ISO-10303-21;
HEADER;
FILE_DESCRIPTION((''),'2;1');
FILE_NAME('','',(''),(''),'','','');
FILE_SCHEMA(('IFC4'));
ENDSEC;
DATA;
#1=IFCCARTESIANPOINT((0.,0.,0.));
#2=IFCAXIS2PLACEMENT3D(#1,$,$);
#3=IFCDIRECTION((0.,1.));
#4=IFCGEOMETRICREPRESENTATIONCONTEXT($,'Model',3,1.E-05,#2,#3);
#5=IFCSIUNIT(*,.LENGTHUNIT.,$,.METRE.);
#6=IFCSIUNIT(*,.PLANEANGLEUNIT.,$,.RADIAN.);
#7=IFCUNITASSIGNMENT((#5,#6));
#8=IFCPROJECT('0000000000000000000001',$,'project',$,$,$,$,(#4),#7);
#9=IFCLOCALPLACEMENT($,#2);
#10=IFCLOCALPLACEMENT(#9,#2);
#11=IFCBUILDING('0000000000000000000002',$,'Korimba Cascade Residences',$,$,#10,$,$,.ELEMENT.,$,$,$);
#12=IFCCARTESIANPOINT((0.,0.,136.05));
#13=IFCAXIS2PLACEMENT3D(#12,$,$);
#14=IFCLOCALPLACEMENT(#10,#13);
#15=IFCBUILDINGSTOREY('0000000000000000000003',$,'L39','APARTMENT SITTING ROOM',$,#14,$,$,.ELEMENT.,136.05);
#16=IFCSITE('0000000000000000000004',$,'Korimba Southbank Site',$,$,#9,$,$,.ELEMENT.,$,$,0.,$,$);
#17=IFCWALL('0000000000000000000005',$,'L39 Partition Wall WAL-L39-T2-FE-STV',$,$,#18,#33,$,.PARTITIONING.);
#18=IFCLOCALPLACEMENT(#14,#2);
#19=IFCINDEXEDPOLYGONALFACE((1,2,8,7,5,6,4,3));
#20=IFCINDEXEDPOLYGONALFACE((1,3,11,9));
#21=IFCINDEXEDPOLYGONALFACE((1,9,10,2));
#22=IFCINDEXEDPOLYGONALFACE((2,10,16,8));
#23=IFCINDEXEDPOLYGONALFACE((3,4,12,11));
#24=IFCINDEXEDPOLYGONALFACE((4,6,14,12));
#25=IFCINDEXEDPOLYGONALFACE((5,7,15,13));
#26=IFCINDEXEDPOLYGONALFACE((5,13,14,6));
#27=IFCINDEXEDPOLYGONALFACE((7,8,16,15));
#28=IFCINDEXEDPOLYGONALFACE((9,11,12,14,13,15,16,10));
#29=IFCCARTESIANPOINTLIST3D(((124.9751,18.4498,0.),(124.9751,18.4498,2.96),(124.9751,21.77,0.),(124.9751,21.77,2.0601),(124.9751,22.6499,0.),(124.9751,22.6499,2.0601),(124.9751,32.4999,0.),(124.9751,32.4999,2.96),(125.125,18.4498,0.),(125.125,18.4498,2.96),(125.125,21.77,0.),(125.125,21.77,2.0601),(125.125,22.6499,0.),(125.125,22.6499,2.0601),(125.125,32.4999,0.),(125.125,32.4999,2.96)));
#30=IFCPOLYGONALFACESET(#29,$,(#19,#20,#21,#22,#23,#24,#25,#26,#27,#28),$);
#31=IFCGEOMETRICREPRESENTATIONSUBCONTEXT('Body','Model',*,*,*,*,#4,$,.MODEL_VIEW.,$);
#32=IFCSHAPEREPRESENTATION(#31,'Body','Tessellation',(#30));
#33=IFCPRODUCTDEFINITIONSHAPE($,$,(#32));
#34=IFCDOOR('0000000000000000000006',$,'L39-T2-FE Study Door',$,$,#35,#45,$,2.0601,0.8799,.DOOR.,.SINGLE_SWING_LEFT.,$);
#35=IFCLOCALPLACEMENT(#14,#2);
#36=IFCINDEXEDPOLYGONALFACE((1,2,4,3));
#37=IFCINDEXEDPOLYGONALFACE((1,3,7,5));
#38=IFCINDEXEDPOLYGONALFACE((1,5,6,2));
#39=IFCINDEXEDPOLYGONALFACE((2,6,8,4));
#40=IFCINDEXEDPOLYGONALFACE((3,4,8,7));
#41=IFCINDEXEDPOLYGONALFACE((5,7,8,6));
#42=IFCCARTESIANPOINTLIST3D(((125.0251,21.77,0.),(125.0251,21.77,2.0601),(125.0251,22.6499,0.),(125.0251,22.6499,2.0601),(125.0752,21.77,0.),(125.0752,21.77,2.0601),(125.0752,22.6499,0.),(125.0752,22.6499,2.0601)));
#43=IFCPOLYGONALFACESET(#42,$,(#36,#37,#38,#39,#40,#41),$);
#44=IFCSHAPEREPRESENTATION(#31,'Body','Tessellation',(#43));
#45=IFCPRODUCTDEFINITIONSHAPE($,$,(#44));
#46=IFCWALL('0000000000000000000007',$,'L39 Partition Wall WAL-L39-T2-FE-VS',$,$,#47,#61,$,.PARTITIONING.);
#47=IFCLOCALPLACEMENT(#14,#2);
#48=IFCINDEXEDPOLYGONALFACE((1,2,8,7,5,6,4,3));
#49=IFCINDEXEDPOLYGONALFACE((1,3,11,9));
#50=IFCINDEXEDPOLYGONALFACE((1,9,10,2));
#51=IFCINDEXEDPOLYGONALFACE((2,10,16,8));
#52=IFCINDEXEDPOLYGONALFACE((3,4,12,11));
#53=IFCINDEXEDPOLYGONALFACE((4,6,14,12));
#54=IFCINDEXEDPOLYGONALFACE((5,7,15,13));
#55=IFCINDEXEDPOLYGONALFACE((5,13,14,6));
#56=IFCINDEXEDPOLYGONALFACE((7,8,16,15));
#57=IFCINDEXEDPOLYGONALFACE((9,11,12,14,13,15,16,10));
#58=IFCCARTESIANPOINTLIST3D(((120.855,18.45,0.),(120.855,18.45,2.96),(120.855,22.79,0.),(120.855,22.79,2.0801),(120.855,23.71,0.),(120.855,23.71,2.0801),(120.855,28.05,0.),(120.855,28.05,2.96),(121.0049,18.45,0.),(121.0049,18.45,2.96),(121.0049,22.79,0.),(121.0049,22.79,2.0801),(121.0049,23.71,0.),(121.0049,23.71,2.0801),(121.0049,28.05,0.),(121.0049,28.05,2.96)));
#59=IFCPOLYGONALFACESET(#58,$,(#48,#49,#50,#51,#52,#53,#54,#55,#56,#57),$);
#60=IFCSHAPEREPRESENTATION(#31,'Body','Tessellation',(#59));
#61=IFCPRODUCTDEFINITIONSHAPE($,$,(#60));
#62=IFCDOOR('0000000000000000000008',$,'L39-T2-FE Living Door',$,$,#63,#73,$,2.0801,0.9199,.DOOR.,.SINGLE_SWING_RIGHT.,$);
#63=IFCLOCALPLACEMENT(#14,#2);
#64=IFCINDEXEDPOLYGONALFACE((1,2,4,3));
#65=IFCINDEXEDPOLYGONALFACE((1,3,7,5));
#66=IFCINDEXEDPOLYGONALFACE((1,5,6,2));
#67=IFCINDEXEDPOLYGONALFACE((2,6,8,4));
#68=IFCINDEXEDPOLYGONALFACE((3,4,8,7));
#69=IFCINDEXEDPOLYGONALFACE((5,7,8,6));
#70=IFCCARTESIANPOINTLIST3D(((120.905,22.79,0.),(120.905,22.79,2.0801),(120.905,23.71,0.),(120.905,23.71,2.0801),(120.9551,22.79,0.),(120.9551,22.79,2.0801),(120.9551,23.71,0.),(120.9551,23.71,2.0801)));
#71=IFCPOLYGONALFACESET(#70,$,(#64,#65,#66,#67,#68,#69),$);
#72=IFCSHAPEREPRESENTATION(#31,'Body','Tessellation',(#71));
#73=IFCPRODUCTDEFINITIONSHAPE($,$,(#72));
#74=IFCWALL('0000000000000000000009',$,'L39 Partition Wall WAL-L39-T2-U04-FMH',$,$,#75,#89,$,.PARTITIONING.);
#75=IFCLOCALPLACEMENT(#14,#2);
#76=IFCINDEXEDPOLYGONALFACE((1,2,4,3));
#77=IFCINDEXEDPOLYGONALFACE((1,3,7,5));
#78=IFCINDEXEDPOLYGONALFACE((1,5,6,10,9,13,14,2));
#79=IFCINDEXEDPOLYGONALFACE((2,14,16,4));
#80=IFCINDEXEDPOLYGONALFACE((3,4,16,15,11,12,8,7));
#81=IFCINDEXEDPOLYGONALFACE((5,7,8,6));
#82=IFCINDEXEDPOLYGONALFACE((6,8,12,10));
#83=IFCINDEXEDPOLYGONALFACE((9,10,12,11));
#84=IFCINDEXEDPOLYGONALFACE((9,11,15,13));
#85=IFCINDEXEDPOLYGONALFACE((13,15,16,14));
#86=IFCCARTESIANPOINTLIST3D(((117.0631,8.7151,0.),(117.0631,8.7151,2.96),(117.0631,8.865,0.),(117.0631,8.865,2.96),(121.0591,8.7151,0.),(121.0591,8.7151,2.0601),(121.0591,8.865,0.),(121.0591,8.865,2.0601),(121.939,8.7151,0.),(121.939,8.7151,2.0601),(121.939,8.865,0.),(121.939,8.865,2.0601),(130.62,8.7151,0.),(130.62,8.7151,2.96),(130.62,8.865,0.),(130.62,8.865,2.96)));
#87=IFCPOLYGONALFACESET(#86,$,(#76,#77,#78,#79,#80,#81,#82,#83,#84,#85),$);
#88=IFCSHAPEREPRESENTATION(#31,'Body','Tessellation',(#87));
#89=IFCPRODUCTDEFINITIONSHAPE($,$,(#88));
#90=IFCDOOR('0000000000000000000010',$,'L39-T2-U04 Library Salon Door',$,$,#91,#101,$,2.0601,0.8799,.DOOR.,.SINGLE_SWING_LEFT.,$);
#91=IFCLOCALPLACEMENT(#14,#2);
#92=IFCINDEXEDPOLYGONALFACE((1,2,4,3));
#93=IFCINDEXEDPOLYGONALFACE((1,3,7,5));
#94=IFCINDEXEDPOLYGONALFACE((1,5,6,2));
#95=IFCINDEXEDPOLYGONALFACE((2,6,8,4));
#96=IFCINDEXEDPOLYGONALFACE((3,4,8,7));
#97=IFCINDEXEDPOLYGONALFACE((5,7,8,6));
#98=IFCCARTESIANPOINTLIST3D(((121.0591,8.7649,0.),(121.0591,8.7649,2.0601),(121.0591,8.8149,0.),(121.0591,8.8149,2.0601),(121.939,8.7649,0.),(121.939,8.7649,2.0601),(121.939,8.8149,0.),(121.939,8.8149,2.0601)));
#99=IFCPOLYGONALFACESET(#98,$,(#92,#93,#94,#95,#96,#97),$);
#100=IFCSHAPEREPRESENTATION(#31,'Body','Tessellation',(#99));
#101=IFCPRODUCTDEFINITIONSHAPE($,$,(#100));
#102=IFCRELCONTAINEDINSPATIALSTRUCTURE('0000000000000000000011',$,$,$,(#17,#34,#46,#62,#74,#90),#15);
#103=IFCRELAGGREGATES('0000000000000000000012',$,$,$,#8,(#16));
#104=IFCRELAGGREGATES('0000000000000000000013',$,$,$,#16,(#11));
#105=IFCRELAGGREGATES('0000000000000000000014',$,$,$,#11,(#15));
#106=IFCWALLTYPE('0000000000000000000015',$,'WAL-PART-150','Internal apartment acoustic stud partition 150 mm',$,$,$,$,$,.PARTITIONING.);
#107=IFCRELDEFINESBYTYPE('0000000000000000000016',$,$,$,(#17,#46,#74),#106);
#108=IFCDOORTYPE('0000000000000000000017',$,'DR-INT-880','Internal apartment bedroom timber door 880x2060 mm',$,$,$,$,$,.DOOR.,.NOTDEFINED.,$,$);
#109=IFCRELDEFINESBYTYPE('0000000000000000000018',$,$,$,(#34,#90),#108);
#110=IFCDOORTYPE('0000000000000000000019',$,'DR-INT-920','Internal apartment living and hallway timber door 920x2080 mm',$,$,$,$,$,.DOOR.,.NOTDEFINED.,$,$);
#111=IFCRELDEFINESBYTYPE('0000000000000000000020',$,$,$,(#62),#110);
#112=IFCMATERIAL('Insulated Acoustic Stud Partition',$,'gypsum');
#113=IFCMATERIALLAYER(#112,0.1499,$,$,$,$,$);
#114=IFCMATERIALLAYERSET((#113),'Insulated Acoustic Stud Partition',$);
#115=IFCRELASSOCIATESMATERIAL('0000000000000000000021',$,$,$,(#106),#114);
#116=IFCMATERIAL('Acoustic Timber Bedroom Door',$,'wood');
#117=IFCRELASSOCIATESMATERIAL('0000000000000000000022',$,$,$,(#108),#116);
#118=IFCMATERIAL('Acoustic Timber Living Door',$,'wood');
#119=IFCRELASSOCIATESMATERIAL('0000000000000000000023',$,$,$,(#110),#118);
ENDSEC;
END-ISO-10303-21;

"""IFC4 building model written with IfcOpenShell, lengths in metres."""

from ifc_helpers import new_model, si_unit, direction, frame, frame_2d, origin, place, context, subcontext, project, spatial, rectangle, extrude, material, layer, layer_set, type_object, element, fill, save


model = new_model("IFC4")

# Units and contexts
model_context = context("Model", 3, precision=1e-05, world=origin(), true_north=direction((0.0, 1.0)))
body_context = subcontext(model_context, "Body", "Model", "MODEL_VIEW")
ifc_project = project(units=[si_unit("LENGTHUNIT", "METRE"), si_unit("PLANEANGLEUNIT", "RADIAN")], contexts=[model_context])

# Site, building, storey
site_placement = place(None, origin())
site = spatial("IfcSite", under=ifc_project, at=site_placement, Name="Korimba Southbank Site", CompositionType="ELEMENT", RefElevation=0.0)
building_placement = place(site_placement, origin())
building = spatial("IfcBuilding", under=site, at=building_placement, Name="Korimba Cascade Residences", CompositionType="ELEMENT")
storey_placement = place(building_placement, frame((0.0, 0.0, 136.05)))
storey = spatial("IfcBuildingStorey", under=building, at=storey_placement, Name="L39", Description="APARTMENT SITTING ROOM", CompositionType="ELEMENT", Elevation=136.05)

# Walls, openings, doors
ifc_material_1 = material(Name="Insulated Acoustic Stud Partition", Category="gypsum")
ifc_layer_1 = layer(ifc_material_1, 0.1499)
ifc_layer_set_1 = layer_set([ifc_layer_1], Name="Insulated Acoustic Stud Partition")
wall_type_1 = type_object("IfcWallType", Name="WAL-PART-150", Description="Internal apartment acoustic stud partition 150 mm", PredefinedType="PARTITIONING", material=ifc_layer_set_1)
wall_1_placement = place(storey_placement, frame((125.05, 18.45, 0.0), z_axis=(0.0, 0.0, 1.0), x_axis=(0.0, 1.0, 0.0)))
wall_1 = element("IfcWall", 1, at=wall_1_placement, inside=storey, type_object=wall_type_1, Name="L39 Partition Wall WAL-L39-T2-FE-STV", PredefinedType="PARTITIONING", context=body_context, shape_type="SweptSolid", body=[
    extrude(rectangle(XDim=14.05, YDim=0.1499, at=frame_2d((7.0249, 0.0))), origin(), (0.0, 0.0, 1.0), 2.96),
])
opening_1_placement = place(wall_1_placement, frame((3.3201, 0.0, 0.0)))
opening_1 = element("IfcOpeningElement", 2, at=opening_1_placement, cuts=wall_1, PredefinedType="OPENING", context=body_context, shape_type="SweptSolid", body=[
    extrude(rectangle(XDim=0.8799, YDim=2.0601, at=frame_2d((0.4399, 1.03))), frame((0.0, 0.085, 0.0), z_axis=(0.0, -1.0, 0.0), x_axis=(1.0, 0.0, 0.0)), (0.0, 0.0, 1.0), 0.1699),
])
ifc_material_2 = material(Name="Acoustic Timber Bedroom Door", Category="wood")
door_type_1 = type_object("IfcDoorType", Name="DR-INT-880", Description="Internal apartment bedroom timber door 880x2060 mm", OperationType="NOTDEFINED", PredefinedType="DOOR", material=ifc_material_2)
door_1_placement = place(opening_1_placement, origin())
door_1 = element("IfcDoor", 3, at=door_1_placement, inside=storey, type_object=door_type_1, Name="L39-T2-FE Study Door", OperationType="SINGLE_SWING_LEFT", OverallHeight=2.0601, OverallWidth=0.8799, PredefinedType="DOOR", context=body_context, shape_type="SweptSolid", body=[
    extrude(rectangle(XDim=0.8799, YDim=2.0601, at=frame_2d((0.4399, 1.03))), frame((0.0, 0.0249, 0.0), z_axis=(0.0, -1.0, 0.0), x_axis=(1.0, 0.0, 0.0)), (0.0, 0.0, 1.0), 0.05),
])
fill(opening_1, door_1)
wall_2_placement = place(storey_placement, frame((120.9299, 18.45, 0.0), z_axis=(0.0, 0.0, 1.0), x_axis=(0.0, 1.0, 0.0)))
wall_2 = element("IfcWall", 4, at=wall_2_placement, inside=storey, type_object=wall_type_1, Name="L39 Partition Wall WAL-L39-T2-FE-VS", PredefinedType="PARTITIONING", context=body_context, shape_type="SweptSolid", body=[
    extrude(rectangle(XDim=9.6001, YDim=0.1499, at=frame_2d((4.8, 0.0))), origin(), (0.0, 0.0, 1.0), 2.96),
])
opening_2_placement = place(wall_2_placement, frame((4.3401, 0.0, 0.0)))
opening_2 = element("IfcOpeningElement", 5, at=opening_2_placement, cuts=wall_2, PredefinedType="OPENING", context=body_context, shape_type="SweptSolid", body=[
    extrude(rectangle(XDim=0.9199, YDim=2.0801, at=frame_2d((0.46, 1.04))), frame((0.0, 0.085, 0.0), z_axis=(0.0, -1.0, 0.0), x_axis=(1.0, 0.0, 0.0)), (0.0, 0.0, 1.0), 0.1699),
])
ifc_material_3 = material(Name="Acoustic Timber Living Door", Category="wood")
door_type_2 = type_object("IfcDoorType", Name="DR-INT-920", Description="Internal apartment living and hallway timber door 920x2080 mm", OperationType="NOTDEFINED", PredefinedType="DOOR", material=ifc_material_3)
door_2_placement = place(opening_2_placement, origin())
door_2 = element("IfcDoor", 6, at=door_2_placement, inside=storey, type_object=door_type_2, Name="L39-T2-FE Living Door", OperationType="SINGLE_SWING_RIGHT", OverallHeight=2.0801, OverallWidth=0.9199, PredefinedType="DOOR", context=body_context, shape_type="SweptSolid", body=[
    extrude(rectangle(XDim=0.9199, YDim=2.0801, at=frame_2d((0.46, 1.04))), frame((0.0, 0.0249, 0.0), z_axis=(0.0, -1.0, 0.0), x_axis=(1.0, 0.0, 0.0)), (0.0, 0.0, 1.0), 0.05),
])
fill(opening_2, door_2)
wall_3_placement = place(storey_placement, frame((117.0632, 8.79, 0.0), z_axis=(0.0, 0.0, 1.0), x_axis=(1.0, 0.0, 0.0)))
wall_3 = element("IfcWall", 7, at=wall_3_placement, inside=storey, type_object=wall_type_1, Name="L39 Partition Wall WAL-L39-T2-U04-FMH", PredefinedType="PARTITIONING", context=body_context, shape_type="SweptSolid", body=[
    extrude(rectangle(XDim=13.5569, YDim=0.1499, at=frame_2d((6.7783, 0.0))), origin(), (0.0, 0.0, 1.0), 2.96),
])
opening_3_placement = place(wall_3_placement, frame((3.9958, 0.0, 0.0)))
opening_3 = element("IfcOpeningElement", 8, at=opening_3_placement, cuts=wall_3, PredefinedType="OPENING", context=body_context, shape_type="SweptSolid", body=[
    extrude(rectangle(XDim=0.8799, YDim=2.0601, at=frame_2d((0.4399, 1.03))), frame((0.0, 0.085, 0.0), z_axis=(0.0, -1.0, 0.0), x_axis=(1.0, 0.0, 0.0)), (0.0, 0.0, 1.0), 0.1699),
])
door_3_placement = place(opening_3_placement, origin())
door_3 = element("IfcDoor", 9, at=door_3_placement, inside=storey, type_object=door_type_1, Name="L39-T2-U04 Library Salon Door", OperationType="SINGLE_SWING_LEFT", OverallHeight=2.0601, OverallWidth=0.8799, PredefinedType="DOOR", context=body_context, shape_type="SweptSolid", body=[
    extrude(rectangle(XDim=0.8799, YDim=2.0601, at=frame_2d((0.4399, 1.03))), frame((0.0, 0.0249, 0.0), z_axis=(0.0, -1.0, 0.0), x_axis=(1.0, 0.0, 0.0)), (0.0, 0.0, 1.0), 0.05),
])
fill(opening_3, door_3)

save(model, "model.ifc")
